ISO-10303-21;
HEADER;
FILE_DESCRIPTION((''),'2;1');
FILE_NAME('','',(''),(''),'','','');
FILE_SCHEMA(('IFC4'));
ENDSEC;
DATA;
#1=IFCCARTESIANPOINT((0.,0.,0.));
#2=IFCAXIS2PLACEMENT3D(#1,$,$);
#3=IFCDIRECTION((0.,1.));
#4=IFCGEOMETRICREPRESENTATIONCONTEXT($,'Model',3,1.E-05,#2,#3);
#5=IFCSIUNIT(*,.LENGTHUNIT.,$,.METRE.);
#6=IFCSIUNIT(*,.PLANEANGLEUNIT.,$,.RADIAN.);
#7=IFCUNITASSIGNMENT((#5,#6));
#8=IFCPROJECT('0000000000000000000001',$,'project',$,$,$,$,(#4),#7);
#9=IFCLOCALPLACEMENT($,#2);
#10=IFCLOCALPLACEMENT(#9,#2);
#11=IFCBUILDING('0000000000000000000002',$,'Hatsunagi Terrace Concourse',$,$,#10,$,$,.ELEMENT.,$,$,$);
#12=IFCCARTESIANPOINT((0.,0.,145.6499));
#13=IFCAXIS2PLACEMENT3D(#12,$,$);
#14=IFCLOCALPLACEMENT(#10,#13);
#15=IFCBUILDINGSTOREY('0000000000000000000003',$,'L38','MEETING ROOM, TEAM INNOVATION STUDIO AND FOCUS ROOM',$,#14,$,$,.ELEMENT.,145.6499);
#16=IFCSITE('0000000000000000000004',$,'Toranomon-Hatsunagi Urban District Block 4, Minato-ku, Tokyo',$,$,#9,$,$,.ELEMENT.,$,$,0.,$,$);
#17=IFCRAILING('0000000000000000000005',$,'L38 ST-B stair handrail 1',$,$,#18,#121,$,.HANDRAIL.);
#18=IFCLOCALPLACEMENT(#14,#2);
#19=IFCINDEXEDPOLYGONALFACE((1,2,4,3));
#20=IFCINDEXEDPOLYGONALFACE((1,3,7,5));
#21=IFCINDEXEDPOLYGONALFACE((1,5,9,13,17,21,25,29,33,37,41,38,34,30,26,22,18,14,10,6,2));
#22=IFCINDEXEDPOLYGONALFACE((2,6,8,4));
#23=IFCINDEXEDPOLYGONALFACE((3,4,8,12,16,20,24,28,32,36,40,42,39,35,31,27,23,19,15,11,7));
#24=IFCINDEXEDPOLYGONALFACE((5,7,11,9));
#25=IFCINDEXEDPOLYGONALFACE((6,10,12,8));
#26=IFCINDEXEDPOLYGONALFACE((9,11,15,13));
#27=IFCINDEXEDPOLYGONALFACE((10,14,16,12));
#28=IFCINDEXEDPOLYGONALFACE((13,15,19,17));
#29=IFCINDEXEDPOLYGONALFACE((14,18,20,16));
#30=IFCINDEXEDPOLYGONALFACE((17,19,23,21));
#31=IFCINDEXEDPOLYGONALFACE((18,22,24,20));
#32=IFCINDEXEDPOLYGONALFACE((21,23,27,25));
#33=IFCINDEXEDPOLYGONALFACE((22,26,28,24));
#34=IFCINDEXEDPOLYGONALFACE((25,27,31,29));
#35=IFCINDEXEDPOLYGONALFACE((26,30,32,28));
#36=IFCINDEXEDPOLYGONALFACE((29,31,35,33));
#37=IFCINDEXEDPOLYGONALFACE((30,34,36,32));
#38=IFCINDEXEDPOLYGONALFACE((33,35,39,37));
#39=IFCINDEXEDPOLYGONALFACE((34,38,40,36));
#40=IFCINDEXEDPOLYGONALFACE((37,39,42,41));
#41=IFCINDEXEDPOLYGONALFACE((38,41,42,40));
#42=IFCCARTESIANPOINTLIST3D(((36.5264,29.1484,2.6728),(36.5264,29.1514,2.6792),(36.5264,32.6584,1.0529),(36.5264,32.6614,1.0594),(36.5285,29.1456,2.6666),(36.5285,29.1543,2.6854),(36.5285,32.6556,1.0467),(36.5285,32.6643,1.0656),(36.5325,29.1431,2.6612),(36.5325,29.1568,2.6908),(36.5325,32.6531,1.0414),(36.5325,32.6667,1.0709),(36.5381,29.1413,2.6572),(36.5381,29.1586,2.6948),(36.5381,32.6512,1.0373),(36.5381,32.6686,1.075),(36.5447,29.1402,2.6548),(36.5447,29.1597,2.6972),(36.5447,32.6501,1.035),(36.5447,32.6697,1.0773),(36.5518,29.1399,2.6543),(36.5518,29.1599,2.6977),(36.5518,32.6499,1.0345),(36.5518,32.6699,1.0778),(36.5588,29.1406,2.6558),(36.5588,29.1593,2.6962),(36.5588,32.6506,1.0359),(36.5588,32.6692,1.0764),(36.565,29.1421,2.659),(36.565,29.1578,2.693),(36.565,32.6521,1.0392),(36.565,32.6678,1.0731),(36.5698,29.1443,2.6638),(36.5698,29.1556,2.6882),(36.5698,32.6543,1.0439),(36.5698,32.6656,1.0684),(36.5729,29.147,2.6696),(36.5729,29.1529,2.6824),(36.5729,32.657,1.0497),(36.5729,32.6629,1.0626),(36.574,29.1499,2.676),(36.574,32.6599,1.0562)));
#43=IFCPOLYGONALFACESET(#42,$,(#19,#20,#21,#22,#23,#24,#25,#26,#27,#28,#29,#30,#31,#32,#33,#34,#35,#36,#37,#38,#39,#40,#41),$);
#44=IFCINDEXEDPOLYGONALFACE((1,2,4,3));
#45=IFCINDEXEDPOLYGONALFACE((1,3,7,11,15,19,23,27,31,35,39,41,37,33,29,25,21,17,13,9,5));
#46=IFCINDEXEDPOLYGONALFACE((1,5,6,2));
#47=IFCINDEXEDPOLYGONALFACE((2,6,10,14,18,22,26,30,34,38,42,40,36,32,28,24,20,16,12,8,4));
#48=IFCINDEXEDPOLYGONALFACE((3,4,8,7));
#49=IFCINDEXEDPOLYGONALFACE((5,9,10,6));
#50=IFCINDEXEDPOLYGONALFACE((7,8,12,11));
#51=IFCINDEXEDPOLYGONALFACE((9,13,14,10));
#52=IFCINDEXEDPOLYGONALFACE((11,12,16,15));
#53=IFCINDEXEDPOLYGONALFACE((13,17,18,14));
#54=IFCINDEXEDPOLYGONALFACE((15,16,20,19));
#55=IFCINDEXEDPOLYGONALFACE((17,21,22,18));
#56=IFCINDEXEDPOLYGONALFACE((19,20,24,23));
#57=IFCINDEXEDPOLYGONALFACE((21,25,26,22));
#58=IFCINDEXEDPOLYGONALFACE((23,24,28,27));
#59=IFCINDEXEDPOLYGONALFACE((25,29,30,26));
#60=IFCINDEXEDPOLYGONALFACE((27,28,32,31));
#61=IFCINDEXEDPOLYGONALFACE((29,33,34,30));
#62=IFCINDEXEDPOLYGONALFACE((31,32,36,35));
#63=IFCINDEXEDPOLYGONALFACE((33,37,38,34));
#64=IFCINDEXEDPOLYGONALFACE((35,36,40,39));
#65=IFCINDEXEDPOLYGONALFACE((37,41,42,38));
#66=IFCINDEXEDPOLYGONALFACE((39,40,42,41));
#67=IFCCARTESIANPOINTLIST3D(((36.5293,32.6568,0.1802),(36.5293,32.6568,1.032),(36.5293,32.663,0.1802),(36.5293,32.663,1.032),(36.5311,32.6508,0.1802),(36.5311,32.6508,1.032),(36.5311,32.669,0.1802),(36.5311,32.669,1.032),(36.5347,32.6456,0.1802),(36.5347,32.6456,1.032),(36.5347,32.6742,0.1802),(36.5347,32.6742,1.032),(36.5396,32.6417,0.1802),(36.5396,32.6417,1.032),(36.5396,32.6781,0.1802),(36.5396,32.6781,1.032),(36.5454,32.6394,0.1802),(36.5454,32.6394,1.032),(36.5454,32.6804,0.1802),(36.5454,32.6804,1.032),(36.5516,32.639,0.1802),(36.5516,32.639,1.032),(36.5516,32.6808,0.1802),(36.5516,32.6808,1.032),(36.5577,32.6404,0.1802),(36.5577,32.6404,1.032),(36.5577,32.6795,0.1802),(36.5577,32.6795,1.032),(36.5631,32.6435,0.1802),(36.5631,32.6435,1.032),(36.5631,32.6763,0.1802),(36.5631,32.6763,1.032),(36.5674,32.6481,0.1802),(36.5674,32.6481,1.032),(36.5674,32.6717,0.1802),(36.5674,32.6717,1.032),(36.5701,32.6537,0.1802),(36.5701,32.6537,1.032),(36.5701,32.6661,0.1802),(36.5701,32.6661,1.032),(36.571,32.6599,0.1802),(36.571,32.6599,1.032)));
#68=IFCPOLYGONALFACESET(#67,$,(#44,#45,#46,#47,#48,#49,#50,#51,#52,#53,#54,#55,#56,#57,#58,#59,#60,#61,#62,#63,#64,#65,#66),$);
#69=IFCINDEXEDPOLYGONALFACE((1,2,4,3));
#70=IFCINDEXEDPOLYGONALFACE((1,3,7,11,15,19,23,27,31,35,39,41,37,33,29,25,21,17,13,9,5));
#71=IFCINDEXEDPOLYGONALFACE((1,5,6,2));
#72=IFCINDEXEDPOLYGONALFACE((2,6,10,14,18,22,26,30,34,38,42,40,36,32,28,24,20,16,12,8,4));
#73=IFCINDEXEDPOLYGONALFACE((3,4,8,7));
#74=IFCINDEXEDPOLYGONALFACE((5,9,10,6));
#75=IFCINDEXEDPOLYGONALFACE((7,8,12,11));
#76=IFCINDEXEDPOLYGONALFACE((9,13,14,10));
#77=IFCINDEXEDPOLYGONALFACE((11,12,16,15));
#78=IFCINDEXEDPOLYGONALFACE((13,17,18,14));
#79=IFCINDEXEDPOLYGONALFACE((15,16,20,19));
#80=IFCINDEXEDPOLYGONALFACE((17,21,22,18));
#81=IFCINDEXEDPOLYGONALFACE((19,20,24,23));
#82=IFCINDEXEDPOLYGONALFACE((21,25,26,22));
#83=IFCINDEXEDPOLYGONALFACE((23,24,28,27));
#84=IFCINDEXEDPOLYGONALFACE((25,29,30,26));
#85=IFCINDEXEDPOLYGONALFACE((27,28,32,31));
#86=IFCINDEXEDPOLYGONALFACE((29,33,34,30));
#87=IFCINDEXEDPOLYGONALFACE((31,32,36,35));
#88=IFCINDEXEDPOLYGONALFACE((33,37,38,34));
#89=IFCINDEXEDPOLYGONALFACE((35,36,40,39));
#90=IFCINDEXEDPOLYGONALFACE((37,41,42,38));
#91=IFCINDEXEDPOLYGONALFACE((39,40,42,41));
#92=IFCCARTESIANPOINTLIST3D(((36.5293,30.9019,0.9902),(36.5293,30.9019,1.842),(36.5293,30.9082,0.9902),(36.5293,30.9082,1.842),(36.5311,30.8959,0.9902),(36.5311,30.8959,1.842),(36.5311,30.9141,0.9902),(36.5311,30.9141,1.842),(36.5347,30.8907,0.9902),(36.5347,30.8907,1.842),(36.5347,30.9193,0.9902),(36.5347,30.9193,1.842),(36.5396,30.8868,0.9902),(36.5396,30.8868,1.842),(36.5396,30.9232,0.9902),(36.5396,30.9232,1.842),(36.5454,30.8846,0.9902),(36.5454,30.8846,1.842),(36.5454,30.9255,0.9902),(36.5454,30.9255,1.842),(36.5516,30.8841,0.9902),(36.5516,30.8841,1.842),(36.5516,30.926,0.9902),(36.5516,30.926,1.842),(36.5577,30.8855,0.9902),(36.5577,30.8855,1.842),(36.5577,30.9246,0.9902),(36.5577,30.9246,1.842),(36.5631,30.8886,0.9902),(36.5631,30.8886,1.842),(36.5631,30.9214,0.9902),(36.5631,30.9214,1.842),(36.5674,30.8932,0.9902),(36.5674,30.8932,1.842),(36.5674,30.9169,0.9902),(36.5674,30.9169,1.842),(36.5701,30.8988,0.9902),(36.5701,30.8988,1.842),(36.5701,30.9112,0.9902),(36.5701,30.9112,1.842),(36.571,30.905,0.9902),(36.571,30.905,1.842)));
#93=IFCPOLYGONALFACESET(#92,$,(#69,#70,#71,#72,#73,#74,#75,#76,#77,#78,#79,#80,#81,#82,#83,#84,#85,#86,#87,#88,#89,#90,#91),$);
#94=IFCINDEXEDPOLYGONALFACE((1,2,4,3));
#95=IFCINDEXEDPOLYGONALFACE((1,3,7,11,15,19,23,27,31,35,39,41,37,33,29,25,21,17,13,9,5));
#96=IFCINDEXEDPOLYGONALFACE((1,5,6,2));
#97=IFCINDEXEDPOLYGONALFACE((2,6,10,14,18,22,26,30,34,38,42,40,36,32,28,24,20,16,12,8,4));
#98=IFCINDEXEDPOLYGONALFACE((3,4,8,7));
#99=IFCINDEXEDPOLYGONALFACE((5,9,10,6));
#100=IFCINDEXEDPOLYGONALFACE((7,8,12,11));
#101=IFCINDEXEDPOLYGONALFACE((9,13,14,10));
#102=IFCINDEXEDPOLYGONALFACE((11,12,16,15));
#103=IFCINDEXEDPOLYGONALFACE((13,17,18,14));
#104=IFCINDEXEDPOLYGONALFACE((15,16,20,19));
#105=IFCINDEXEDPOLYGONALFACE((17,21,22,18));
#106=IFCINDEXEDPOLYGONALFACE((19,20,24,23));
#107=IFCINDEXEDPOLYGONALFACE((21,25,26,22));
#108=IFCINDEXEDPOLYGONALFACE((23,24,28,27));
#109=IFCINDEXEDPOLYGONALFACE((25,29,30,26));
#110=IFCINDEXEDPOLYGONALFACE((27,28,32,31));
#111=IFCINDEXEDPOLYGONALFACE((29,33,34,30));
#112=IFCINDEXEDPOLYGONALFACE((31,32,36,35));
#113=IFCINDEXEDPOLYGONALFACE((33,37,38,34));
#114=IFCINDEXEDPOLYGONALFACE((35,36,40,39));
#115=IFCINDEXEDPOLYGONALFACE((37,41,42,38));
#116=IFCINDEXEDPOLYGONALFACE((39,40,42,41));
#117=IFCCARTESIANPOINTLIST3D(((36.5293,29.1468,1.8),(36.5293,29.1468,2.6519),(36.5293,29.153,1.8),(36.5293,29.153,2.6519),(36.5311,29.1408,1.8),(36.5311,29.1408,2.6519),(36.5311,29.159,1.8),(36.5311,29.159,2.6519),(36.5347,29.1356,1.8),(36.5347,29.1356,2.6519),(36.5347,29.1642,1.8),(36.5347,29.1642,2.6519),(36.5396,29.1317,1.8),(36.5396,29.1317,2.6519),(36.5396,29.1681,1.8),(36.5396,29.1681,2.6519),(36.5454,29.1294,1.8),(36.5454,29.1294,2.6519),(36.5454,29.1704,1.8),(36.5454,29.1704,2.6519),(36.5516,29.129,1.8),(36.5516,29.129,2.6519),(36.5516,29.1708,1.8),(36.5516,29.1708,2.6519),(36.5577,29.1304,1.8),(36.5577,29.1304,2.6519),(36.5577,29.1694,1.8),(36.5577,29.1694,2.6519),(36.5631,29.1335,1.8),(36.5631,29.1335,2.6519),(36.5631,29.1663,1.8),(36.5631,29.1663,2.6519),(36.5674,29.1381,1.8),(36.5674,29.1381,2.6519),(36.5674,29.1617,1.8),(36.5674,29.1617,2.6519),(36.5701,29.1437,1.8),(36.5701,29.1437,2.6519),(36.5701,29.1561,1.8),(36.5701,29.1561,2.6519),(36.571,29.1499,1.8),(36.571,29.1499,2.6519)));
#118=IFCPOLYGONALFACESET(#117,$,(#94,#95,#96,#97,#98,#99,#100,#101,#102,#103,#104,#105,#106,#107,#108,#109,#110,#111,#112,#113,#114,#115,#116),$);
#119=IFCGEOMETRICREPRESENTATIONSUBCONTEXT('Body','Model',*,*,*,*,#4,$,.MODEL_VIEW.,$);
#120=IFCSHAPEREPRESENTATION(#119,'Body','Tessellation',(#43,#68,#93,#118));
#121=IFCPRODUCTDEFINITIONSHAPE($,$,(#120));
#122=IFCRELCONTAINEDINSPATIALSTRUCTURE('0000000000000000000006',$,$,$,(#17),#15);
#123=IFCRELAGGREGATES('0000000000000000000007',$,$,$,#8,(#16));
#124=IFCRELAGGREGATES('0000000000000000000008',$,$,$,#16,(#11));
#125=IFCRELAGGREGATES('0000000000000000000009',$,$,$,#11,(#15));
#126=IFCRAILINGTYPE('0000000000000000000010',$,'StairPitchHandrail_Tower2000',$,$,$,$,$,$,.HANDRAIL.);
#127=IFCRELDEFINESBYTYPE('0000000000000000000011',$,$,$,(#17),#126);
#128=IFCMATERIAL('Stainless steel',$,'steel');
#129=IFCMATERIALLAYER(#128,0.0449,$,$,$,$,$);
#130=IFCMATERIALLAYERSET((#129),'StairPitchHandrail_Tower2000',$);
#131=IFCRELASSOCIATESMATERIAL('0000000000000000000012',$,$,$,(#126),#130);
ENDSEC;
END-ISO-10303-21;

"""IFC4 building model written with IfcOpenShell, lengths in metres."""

from ifc_helpers import new_model, si_unit, direction, frame, origin, origin_2d, place, context, subcontext, project, spatial, circle, extrude, material, layer, layer_set, type_object, element, save


model = new_model("IFC4")

# Units and contexts
model_context = context("Model", 3, precision=1e-05, world=origin(), true_north=direction((0.0, 1.0)))
body_context = subcontext(model_context, "Body", "Model", "MODEL_VIEW")
ifc_project = project(units=[si_unit("LENGTHUNIT", "METRE"), si_unit("PLANEANGLEUNIT", "RADIAN")], contexts=[model_context])

# Site, building, storey
site_placement = place(None, origin())
site = spatial("IfcSite", under=ifc_project, at=site_placement, Name="Toranomon-Hatsunagi Urban District Block 4, Minato-ku, Tokyo", CompositionType="ELEMENT", RefElevation=0.0)
building_placement = place(site_placement, origin())
building = spatial("IfcBuilding", under=site, at=building_placement, Name="Hatsunagi Terrace Concourse", CompositionType="ELEMENT")
storey_placement = place(building_placement, frame((0.0, 0.0, 145.6499)))
storey = spatial("IfcBuildingStorey", under=building, at=storey_placement, Name="L38", Description="MEETING ROOM, TEAM INNOVATION STUDIO AND FOCUS ROOM", CompositionType="ELEMENT", Elevation=145.6499)

# Railing
ifc_material_1 = material(Name="Stainless steel", Category="steel")
ifc_layer_1 = layer(ifc_material_1, 0.0449)
ifc_layer_set_1 = layer_set([ifc_layer_1], Name="StairPitchHandrail_Tower2000")
railing_type_1 = type_object("IfcRailingType", Name="StairPitchHandrail_Tower2000", PredefinedType="HANDRAIL", material=ifc_layer_set_1)
railing_1_placement = place(storey_placement, frame((36.55, 32.6599, 0.1802)))
element("IfcRailing", 1, at=railing_1_placement, inside=storey, type_object=railing_type_1, Name="L38 ST-B stair handrail 1", PredefinedType="HANDRAIL", context=body_context, shape_type="SweptSolid", body=[
    extrude(circle(Radius=0.0239, at=origin_2d()), frame((0.0, 0.0, 0.876), z_axis=(0.0, -0.907972, 0.41903), x_axis=(1.0, 0.0, 0.0)), (0.0, 0.0, 1.0), 3.8657),
    extrude(circle(Radius=0.021, at=origin_2d()), origin(), (0.0, 0.0, 1.0), 0.8518),
    extrude(circle(Radius=0.021, at=origin_2d()), frame((0.0, -1.7549, 0.8101)), (0.0, 0.0, 1.0), 0.8518),
    extrude(circle(Radius=0.021, at=origin_2d()), frame((0.0, -3.51, 1.6199)), (0.0, 0.0, 1.0), 0.8518),
])

save(model, "model.ifc")
